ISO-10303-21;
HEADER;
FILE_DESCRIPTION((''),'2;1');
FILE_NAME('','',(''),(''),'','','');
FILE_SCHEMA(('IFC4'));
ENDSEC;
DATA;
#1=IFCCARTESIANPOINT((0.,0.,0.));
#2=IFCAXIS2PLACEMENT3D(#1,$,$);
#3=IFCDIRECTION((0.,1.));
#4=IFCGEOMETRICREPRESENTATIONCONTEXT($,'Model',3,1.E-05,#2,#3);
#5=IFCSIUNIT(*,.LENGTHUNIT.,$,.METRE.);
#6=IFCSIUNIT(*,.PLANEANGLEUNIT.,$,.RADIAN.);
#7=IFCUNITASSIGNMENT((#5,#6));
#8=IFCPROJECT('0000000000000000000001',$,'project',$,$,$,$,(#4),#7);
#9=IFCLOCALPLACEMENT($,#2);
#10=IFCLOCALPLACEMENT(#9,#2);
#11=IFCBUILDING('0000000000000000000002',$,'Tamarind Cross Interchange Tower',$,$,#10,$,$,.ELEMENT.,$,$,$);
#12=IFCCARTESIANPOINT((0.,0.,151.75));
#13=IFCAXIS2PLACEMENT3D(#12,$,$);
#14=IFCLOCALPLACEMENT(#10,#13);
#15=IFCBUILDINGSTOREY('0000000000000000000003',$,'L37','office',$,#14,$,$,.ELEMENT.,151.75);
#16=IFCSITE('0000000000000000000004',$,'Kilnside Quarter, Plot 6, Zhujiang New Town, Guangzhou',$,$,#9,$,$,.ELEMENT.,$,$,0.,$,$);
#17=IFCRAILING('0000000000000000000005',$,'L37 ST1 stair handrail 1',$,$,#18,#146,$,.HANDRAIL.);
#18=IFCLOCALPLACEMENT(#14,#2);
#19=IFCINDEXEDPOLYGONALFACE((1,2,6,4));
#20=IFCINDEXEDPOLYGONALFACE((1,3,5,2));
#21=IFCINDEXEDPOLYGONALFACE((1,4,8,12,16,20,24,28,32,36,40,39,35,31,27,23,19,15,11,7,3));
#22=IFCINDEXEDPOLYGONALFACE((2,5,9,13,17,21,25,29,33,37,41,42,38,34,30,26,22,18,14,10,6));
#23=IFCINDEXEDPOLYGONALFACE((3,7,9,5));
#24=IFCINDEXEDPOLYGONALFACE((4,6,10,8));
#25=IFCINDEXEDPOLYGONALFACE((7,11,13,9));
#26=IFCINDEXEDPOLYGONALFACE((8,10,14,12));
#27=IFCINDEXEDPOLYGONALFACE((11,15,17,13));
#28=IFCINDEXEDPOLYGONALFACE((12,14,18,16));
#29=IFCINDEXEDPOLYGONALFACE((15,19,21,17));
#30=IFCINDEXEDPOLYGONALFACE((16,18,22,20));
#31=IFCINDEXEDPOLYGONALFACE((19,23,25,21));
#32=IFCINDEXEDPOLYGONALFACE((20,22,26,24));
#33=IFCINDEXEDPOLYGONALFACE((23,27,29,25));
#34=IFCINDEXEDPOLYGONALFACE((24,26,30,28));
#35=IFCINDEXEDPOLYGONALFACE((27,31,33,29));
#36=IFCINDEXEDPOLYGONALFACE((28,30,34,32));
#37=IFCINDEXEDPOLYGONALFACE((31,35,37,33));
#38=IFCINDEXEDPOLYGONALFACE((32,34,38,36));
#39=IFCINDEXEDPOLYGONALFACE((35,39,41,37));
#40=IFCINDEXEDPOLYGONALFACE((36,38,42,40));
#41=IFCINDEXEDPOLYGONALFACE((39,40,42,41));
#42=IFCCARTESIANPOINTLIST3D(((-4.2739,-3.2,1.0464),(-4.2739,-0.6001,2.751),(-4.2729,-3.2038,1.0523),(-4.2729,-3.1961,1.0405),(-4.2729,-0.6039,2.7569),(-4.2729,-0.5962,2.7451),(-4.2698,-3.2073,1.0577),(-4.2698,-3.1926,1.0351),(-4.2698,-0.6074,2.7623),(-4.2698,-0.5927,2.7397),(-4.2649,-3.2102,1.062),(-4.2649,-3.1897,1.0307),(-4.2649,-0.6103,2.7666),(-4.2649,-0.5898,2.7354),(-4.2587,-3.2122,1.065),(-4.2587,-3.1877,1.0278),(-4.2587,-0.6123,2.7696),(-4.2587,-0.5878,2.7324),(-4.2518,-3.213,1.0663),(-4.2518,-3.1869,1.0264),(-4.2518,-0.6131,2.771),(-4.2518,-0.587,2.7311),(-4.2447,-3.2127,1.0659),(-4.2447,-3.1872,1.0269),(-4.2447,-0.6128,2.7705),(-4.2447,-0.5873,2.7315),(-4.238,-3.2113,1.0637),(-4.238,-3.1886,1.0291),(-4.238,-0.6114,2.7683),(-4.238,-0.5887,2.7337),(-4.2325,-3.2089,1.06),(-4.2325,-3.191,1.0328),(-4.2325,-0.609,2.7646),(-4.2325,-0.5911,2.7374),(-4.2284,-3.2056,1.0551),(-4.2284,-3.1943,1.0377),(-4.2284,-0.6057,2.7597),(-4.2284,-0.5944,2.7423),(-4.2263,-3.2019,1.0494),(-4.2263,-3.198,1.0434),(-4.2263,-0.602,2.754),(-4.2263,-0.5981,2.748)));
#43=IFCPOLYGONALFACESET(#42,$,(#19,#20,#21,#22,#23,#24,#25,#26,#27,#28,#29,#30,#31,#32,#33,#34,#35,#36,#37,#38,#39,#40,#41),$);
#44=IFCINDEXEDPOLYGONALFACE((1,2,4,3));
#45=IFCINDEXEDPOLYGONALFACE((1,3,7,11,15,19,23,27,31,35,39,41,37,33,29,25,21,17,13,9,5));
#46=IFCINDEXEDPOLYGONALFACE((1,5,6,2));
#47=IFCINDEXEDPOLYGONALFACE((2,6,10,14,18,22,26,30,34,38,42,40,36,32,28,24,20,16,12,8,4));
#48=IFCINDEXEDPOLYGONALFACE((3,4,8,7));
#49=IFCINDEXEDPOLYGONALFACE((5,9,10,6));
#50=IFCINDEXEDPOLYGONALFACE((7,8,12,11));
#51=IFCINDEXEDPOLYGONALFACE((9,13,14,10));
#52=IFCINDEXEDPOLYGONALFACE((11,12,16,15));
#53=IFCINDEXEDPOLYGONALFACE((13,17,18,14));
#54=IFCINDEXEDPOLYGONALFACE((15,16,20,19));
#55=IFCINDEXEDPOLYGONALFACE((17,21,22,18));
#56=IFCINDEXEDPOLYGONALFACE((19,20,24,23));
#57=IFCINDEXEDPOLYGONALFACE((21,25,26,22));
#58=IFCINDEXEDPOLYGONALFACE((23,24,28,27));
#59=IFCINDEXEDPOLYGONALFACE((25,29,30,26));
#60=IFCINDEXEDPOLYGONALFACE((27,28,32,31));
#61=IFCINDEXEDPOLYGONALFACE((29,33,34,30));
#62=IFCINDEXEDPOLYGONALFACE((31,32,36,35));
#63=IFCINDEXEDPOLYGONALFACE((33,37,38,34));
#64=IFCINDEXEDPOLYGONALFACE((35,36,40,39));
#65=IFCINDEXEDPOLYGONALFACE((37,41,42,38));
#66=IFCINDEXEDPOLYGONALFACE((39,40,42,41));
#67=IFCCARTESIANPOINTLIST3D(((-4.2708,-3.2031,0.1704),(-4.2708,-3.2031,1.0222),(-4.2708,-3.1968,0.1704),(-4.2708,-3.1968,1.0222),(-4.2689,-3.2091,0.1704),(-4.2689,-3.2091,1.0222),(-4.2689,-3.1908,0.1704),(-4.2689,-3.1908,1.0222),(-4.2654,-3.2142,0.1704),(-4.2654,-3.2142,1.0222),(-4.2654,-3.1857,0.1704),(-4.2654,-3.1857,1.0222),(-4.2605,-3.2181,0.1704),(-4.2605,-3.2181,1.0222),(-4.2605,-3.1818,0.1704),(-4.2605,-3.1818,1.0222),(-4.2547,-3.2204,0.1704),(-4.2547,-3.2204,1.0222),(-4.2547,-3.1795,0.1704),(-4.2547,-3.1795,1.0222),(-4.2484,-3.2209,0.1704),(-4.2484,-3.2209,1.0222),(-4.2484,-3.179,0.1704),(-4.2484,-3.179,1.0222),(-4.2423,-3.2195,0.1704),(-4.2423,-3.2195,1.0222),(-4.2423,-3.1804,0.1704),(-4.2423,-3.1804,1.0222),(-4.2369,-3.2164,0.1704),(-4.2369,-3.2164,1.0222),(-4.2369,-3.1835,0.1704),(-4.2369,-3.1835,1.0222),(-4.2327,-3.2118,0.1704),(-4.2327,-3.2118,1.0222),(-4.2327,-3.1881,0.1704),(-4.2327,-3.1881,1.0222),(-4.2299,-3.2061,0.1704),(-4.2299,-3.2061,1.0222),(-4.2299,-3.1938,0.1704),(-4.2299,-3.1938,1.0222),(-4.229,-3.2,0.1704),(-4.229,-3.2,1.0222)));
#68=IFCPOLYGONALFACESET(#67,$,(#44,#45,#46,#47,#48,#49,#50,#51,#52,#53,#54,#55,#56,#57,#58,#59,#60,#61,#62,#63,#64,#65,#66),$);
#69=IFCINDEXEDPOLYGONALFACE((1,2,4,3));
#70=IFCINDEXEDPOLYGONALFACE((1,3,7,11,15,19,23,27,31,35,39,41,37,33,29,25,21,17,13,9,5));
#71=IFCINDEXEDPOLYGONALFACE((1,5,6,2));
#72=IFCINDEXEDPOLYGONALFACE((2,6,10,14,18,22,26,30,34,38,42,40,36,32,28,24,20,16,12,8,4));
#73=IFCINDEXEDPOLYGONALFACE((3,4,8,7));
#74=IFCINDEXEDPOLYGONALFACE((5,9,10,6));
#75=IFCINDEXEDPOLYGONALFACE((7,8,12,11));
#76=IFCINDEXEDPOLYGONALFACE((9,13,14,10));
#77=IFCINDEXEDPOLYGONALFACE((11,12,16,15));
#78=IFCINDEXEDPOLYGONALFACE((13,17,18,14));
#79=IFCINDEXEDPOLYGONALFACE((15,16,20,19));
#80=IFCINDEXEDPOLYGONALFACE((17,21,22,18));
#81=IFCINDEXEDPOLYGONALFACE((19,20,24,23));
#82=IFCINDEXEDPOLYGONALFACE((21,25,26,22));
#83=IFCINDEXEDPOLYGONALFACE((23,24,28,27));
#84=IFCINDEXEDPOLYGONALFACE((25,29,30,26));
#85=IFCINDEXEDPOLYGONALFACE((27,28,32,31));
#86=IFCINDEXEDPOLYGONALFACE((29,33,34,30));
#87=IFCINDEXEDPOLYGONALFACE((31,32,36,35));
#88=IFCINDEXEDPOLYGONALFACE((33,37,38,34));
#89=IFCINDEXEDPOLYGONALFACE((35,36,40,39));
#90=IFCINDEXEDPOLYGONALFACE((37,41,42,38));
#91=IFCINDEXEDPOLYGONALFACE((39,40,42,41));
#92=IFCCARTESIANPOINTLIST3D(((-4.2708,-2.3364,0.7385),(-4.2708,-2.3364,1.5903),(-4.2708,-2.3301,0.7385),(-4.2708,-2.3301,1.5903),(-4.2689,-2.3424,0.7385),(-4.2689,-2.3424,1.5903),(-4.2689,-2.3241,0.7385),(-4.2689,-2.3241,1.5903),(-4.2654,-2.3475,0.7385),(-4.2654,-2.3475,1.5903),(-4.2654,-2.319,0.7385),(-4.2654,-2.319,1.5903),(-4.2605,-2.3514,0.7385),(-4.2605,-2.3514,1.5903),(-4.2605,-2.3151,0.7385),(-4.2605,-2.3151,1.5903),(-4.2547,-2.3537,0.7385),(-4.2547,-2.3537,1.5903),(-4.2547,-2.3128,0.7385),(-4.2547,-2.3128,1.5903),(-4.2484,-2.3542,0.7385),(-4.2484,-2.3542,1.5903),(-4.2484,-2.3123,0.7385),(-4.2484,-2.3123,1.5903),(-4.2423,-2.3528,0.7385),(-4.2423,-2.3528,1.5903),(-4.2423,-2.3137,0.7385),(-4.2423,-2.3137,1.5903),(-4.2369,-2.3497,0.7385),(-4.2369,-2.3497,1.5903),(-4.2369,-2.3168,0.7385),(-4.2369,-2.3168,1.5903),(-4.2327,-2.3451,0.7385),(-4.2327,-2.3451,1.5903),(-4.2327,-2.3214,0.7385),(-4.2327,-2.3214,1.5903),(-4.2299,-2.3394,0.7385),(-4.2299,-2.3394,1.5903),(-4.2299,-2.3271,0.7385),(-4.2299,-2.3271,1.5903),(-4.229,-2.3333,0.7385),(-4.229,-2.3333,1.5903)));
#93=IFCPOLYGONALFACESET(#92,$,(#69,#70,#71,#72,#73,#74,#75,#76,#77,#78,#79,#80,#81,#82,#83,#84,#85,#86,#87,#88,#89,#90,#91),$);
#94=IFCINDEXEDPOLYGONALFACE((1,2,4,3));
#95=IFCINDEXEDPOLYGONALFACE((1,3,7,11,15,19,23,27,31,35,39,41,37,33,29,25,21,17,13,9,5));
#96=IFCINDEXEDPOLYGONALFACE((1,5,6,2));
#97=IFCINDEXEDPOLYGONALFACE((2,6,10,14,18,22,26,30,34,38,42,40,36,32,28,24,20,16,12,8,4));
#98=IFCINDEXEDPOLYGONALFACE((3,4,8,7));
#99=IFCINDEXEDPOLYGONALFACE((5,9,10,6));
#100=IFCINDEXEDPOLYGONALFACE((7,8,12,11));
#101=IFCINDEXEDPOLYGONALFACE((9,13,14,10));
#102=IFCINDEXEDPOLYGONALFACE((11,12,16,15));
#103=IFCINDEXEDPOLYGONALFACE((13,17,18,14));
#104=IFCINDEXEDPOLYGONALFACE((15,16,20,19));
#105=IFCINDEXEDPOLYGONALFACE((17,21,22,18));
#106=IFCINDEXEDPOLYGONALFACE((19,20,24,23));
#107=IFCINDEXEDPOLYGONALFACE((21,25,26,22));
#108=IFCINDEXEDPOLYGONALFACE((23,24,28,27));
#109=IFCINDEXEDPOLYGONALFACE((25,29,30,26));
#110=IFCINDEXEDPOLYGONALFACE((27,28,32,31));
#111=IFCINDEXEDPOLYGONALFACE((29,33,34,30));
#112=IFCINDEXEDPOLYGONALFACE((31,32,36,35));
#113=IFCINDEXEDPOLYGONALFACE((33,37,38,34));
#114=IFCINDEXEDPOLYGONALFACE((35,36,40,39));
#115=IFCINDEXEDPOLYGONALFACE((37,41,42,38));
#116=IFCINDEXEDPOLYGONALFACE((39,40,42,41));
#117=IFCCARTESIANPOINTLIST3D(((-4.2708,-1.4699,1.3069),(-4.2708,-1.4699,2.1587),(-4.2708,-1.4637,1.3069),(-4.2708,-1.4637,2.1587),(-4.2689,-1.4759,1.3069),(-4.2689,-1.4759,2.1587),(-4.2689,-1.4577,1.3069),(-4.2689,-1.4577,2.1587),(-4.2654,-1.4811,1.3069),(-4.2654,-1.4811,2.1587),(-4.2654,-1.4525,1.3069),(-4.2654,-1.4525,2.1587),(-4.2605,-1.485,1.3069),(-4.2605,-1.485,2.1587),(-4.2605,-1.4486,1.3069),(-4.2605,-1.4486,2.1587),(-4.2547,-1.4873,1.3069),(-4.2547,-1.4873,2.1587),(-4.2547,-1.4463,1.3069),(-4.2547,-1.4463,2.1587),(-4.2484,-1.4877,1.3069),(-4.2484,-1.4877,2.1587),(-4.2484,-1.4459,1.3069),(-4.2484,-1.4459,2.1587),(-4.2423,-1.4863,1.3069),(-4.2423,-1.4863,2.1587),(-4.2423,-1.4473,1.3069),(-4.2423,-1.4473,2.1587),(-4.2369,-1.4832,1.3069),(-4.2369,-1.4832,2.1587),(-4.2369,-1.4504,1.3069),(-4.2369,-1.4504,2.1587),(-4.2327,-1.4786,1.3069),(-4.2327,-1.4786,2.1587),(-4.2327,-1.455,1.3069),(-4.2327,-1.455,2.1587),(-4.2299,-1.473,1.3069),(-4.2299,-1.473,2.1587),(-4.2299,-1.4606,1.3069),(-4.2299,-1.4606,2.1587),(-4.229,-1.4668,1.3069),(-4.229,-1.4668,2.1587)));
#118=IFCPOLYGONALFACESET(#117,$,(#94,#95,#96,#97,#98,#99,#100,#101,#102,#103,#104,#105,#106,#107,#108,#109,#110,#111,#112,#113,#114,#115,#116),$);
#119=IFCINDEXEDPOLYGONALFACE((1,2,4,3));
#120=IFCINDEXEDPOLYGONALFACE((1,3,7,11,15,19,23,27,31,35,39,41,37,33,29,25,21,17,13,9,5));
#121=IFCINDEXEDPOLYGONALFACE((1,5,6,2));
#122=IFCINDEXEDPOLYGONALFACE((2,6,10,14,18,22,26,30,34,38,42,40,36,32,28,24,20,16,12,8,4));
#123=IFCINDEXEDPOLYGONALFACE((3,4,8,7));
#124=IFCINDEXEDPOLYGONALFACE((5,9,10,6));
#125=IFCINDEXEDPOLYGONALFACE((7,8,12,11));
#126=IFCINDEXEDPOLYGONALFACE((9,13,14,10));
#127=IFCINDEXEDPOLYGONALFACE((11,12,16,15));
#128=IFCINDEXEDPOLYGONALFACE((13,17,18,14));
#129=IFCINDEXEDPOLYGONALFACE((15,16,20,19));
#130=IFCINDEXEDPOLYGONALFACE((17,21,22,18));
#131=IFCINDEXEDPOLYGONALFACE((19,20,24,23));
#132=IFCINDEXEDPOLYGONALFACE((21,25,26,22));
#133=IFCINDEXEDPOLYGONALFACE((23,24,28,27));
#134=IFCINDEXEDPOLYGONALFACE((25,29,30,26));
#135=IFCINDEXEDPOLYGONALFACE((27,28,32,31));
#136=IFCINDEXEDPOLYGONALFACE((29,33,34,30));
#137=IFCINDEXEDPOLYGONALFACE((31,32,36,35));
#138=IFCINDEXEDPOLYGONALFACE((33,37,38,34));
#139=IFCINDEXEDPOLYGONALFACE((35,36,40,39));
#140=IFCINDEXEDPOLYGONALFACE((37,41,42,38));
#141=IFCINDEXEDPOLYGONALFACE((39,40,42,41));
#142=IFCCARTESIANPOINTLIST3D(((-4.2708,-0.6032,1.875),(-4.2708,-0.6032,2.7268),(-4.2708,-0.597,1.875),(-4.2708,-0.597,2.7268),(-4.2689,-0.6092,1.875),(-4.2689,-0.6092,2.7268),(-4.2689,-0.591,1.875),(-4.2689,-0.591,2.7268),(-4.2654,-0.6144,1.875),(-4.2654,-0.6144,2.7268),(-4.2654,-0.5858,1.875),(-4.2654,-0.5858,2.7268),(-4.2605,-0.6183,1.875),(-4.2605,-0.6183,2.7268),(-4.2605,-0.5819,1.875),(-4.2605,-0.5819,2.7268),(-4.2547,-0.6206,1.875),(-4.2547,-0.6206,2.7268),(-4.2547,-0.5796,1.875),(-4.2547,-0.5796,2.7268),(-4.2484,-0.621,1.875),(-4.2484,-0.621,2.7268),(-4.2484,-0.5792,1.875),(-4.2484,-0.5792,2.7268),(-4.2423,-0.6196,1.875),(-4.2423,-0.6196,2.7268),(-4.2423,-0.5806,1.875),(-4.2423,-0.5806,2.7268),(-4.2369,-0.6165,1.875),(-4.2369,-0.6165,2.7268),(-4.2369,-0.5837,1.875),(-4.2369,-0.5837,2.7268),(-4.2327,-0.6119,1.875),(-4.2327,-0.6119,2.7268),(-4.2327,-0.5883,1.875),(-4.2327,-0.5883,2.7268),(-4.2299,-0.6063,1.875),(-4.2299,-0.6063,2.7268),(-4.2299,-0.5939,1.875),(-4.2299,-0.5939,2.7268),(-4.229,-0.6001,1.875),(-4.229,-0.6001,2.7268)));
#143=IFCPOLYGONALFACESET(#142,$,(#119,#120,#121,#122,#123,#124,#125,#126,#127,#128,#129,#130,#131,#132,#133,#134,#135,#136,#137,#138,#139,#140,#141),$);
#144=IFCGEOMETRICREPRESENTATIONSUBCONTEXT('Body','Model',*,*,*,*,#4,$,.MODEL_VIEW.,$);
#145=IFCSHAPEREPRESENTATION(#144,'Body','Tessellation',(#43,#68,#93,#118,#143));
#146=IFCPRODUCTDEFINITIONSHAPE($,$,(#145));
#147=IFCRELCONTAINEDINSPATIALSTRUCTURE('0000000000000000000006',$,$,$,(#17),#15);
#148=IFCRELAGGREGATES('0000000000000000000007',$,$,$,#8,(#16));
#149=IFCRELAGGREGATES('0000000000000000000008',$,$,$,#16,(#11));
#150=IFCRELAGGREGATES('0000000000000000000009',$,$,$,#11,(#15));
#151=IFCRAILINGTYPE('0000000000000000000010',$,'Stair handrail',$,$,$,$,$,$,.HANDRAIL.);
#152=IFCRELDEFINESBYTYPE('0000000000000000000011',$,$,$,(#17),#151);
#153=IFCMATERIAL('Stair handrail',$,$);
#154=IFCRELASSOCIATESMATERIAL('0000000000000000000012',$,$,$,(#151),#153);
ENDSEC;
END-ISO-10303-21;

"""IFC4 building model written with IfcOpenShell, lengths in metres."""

from ifc_helpers import new_model, si_unit, direction, frame, origin, origin_2d, place, context, subcontext, project, spatial, circle, extrude, material, type_object, element, save


model = new_model("IFC4")

# Units and contexts
model_context = context("Model", 3, precision=1e-05, world=origin(), true_north=direction((0.0, 1.0)))
body_context = subcontext(model_context, "Body", "Model", "MODEL_VIEW")
ifc_project = project(units=[si_unit("LENGTHUNIT", "METRE"), si_unit("PLANEANGLEUNIT", "RADIAN")], contexts=[model_context])

# Site, building, storey
site_placement = place(None, origin())
site = spatial("IfcSite", under=ifc_project, at=site_placement, Name="Kilnside Quarter, Plot 6, Zhujiang New Town, Guangzhou", CompositionType="ELEMENT", RefElevation=0.0)
building_placement = place(site_placement, origin())
building = spatial("IfcBuilding", under=site, at=building_placement, Name="Tamarind Cross Interchange Tower", CompositionType="ELEMENT")
storey_placement = place(building_placement, frame((0.0, 0.0, 151.75)))
storey = spatial("IfcBuildingStorey", under=building, at=storey_placement, Name="L37", Description="office", CompositionType="ELEMENT", Elevation=151.75)

# Railing
ifc_material_1 = material(Name="Stair handrail")
railing_type_1 = type_object("IfcRailingType", Name="Stair handrail", PredefinedType="HANDRAIL", material=ifc_material_1)
railing_1_placement = place(storey_placement, frame((-4.25, -3.2, 0.1704)))
element("IfcRailing", 1, at=railing_1_placement, inside=storey, type_object=railing_type_1, Name="L37 ST1 stair handrail 1", PredefinedType="HANDRAIL", context=body_context, shape_type="SweptSolid", body=[
    extrude(circle(Radius=0.0239, at=origin_2d()), frame((0.0, 0.0, 0.876), z_axis=(0.0, 0.836279, 0.548305), x_axis=(-1.0, 0.0, 0.0)), (0.0, 0.0, 1.0), 3.1089),
    extrude(circle(Radius=0.021, at=origin_2d()), origin(), (0.0, 0.0, 1.0), 0.8518),
    extrude(circle(Radius=0.021, at=origin_2d()), frame((0.0, 0.8667, 0.5681)), (0.0, 0.0, 1.0), 0.8518),
    extrude(circle(Radius=0.021, at=origin_2d()), frame((0.0, 1.7332, 1.1365)), (0.0, 0.0, 1.0), 0.8518),
    extrude(circle(Radius=0.021, at=origin_2d()), frame((0.0, 2.5999, 1.7046)), (0.0, 0.0, 1.0), 0.8518),
])

save(model, "model.ifc")
